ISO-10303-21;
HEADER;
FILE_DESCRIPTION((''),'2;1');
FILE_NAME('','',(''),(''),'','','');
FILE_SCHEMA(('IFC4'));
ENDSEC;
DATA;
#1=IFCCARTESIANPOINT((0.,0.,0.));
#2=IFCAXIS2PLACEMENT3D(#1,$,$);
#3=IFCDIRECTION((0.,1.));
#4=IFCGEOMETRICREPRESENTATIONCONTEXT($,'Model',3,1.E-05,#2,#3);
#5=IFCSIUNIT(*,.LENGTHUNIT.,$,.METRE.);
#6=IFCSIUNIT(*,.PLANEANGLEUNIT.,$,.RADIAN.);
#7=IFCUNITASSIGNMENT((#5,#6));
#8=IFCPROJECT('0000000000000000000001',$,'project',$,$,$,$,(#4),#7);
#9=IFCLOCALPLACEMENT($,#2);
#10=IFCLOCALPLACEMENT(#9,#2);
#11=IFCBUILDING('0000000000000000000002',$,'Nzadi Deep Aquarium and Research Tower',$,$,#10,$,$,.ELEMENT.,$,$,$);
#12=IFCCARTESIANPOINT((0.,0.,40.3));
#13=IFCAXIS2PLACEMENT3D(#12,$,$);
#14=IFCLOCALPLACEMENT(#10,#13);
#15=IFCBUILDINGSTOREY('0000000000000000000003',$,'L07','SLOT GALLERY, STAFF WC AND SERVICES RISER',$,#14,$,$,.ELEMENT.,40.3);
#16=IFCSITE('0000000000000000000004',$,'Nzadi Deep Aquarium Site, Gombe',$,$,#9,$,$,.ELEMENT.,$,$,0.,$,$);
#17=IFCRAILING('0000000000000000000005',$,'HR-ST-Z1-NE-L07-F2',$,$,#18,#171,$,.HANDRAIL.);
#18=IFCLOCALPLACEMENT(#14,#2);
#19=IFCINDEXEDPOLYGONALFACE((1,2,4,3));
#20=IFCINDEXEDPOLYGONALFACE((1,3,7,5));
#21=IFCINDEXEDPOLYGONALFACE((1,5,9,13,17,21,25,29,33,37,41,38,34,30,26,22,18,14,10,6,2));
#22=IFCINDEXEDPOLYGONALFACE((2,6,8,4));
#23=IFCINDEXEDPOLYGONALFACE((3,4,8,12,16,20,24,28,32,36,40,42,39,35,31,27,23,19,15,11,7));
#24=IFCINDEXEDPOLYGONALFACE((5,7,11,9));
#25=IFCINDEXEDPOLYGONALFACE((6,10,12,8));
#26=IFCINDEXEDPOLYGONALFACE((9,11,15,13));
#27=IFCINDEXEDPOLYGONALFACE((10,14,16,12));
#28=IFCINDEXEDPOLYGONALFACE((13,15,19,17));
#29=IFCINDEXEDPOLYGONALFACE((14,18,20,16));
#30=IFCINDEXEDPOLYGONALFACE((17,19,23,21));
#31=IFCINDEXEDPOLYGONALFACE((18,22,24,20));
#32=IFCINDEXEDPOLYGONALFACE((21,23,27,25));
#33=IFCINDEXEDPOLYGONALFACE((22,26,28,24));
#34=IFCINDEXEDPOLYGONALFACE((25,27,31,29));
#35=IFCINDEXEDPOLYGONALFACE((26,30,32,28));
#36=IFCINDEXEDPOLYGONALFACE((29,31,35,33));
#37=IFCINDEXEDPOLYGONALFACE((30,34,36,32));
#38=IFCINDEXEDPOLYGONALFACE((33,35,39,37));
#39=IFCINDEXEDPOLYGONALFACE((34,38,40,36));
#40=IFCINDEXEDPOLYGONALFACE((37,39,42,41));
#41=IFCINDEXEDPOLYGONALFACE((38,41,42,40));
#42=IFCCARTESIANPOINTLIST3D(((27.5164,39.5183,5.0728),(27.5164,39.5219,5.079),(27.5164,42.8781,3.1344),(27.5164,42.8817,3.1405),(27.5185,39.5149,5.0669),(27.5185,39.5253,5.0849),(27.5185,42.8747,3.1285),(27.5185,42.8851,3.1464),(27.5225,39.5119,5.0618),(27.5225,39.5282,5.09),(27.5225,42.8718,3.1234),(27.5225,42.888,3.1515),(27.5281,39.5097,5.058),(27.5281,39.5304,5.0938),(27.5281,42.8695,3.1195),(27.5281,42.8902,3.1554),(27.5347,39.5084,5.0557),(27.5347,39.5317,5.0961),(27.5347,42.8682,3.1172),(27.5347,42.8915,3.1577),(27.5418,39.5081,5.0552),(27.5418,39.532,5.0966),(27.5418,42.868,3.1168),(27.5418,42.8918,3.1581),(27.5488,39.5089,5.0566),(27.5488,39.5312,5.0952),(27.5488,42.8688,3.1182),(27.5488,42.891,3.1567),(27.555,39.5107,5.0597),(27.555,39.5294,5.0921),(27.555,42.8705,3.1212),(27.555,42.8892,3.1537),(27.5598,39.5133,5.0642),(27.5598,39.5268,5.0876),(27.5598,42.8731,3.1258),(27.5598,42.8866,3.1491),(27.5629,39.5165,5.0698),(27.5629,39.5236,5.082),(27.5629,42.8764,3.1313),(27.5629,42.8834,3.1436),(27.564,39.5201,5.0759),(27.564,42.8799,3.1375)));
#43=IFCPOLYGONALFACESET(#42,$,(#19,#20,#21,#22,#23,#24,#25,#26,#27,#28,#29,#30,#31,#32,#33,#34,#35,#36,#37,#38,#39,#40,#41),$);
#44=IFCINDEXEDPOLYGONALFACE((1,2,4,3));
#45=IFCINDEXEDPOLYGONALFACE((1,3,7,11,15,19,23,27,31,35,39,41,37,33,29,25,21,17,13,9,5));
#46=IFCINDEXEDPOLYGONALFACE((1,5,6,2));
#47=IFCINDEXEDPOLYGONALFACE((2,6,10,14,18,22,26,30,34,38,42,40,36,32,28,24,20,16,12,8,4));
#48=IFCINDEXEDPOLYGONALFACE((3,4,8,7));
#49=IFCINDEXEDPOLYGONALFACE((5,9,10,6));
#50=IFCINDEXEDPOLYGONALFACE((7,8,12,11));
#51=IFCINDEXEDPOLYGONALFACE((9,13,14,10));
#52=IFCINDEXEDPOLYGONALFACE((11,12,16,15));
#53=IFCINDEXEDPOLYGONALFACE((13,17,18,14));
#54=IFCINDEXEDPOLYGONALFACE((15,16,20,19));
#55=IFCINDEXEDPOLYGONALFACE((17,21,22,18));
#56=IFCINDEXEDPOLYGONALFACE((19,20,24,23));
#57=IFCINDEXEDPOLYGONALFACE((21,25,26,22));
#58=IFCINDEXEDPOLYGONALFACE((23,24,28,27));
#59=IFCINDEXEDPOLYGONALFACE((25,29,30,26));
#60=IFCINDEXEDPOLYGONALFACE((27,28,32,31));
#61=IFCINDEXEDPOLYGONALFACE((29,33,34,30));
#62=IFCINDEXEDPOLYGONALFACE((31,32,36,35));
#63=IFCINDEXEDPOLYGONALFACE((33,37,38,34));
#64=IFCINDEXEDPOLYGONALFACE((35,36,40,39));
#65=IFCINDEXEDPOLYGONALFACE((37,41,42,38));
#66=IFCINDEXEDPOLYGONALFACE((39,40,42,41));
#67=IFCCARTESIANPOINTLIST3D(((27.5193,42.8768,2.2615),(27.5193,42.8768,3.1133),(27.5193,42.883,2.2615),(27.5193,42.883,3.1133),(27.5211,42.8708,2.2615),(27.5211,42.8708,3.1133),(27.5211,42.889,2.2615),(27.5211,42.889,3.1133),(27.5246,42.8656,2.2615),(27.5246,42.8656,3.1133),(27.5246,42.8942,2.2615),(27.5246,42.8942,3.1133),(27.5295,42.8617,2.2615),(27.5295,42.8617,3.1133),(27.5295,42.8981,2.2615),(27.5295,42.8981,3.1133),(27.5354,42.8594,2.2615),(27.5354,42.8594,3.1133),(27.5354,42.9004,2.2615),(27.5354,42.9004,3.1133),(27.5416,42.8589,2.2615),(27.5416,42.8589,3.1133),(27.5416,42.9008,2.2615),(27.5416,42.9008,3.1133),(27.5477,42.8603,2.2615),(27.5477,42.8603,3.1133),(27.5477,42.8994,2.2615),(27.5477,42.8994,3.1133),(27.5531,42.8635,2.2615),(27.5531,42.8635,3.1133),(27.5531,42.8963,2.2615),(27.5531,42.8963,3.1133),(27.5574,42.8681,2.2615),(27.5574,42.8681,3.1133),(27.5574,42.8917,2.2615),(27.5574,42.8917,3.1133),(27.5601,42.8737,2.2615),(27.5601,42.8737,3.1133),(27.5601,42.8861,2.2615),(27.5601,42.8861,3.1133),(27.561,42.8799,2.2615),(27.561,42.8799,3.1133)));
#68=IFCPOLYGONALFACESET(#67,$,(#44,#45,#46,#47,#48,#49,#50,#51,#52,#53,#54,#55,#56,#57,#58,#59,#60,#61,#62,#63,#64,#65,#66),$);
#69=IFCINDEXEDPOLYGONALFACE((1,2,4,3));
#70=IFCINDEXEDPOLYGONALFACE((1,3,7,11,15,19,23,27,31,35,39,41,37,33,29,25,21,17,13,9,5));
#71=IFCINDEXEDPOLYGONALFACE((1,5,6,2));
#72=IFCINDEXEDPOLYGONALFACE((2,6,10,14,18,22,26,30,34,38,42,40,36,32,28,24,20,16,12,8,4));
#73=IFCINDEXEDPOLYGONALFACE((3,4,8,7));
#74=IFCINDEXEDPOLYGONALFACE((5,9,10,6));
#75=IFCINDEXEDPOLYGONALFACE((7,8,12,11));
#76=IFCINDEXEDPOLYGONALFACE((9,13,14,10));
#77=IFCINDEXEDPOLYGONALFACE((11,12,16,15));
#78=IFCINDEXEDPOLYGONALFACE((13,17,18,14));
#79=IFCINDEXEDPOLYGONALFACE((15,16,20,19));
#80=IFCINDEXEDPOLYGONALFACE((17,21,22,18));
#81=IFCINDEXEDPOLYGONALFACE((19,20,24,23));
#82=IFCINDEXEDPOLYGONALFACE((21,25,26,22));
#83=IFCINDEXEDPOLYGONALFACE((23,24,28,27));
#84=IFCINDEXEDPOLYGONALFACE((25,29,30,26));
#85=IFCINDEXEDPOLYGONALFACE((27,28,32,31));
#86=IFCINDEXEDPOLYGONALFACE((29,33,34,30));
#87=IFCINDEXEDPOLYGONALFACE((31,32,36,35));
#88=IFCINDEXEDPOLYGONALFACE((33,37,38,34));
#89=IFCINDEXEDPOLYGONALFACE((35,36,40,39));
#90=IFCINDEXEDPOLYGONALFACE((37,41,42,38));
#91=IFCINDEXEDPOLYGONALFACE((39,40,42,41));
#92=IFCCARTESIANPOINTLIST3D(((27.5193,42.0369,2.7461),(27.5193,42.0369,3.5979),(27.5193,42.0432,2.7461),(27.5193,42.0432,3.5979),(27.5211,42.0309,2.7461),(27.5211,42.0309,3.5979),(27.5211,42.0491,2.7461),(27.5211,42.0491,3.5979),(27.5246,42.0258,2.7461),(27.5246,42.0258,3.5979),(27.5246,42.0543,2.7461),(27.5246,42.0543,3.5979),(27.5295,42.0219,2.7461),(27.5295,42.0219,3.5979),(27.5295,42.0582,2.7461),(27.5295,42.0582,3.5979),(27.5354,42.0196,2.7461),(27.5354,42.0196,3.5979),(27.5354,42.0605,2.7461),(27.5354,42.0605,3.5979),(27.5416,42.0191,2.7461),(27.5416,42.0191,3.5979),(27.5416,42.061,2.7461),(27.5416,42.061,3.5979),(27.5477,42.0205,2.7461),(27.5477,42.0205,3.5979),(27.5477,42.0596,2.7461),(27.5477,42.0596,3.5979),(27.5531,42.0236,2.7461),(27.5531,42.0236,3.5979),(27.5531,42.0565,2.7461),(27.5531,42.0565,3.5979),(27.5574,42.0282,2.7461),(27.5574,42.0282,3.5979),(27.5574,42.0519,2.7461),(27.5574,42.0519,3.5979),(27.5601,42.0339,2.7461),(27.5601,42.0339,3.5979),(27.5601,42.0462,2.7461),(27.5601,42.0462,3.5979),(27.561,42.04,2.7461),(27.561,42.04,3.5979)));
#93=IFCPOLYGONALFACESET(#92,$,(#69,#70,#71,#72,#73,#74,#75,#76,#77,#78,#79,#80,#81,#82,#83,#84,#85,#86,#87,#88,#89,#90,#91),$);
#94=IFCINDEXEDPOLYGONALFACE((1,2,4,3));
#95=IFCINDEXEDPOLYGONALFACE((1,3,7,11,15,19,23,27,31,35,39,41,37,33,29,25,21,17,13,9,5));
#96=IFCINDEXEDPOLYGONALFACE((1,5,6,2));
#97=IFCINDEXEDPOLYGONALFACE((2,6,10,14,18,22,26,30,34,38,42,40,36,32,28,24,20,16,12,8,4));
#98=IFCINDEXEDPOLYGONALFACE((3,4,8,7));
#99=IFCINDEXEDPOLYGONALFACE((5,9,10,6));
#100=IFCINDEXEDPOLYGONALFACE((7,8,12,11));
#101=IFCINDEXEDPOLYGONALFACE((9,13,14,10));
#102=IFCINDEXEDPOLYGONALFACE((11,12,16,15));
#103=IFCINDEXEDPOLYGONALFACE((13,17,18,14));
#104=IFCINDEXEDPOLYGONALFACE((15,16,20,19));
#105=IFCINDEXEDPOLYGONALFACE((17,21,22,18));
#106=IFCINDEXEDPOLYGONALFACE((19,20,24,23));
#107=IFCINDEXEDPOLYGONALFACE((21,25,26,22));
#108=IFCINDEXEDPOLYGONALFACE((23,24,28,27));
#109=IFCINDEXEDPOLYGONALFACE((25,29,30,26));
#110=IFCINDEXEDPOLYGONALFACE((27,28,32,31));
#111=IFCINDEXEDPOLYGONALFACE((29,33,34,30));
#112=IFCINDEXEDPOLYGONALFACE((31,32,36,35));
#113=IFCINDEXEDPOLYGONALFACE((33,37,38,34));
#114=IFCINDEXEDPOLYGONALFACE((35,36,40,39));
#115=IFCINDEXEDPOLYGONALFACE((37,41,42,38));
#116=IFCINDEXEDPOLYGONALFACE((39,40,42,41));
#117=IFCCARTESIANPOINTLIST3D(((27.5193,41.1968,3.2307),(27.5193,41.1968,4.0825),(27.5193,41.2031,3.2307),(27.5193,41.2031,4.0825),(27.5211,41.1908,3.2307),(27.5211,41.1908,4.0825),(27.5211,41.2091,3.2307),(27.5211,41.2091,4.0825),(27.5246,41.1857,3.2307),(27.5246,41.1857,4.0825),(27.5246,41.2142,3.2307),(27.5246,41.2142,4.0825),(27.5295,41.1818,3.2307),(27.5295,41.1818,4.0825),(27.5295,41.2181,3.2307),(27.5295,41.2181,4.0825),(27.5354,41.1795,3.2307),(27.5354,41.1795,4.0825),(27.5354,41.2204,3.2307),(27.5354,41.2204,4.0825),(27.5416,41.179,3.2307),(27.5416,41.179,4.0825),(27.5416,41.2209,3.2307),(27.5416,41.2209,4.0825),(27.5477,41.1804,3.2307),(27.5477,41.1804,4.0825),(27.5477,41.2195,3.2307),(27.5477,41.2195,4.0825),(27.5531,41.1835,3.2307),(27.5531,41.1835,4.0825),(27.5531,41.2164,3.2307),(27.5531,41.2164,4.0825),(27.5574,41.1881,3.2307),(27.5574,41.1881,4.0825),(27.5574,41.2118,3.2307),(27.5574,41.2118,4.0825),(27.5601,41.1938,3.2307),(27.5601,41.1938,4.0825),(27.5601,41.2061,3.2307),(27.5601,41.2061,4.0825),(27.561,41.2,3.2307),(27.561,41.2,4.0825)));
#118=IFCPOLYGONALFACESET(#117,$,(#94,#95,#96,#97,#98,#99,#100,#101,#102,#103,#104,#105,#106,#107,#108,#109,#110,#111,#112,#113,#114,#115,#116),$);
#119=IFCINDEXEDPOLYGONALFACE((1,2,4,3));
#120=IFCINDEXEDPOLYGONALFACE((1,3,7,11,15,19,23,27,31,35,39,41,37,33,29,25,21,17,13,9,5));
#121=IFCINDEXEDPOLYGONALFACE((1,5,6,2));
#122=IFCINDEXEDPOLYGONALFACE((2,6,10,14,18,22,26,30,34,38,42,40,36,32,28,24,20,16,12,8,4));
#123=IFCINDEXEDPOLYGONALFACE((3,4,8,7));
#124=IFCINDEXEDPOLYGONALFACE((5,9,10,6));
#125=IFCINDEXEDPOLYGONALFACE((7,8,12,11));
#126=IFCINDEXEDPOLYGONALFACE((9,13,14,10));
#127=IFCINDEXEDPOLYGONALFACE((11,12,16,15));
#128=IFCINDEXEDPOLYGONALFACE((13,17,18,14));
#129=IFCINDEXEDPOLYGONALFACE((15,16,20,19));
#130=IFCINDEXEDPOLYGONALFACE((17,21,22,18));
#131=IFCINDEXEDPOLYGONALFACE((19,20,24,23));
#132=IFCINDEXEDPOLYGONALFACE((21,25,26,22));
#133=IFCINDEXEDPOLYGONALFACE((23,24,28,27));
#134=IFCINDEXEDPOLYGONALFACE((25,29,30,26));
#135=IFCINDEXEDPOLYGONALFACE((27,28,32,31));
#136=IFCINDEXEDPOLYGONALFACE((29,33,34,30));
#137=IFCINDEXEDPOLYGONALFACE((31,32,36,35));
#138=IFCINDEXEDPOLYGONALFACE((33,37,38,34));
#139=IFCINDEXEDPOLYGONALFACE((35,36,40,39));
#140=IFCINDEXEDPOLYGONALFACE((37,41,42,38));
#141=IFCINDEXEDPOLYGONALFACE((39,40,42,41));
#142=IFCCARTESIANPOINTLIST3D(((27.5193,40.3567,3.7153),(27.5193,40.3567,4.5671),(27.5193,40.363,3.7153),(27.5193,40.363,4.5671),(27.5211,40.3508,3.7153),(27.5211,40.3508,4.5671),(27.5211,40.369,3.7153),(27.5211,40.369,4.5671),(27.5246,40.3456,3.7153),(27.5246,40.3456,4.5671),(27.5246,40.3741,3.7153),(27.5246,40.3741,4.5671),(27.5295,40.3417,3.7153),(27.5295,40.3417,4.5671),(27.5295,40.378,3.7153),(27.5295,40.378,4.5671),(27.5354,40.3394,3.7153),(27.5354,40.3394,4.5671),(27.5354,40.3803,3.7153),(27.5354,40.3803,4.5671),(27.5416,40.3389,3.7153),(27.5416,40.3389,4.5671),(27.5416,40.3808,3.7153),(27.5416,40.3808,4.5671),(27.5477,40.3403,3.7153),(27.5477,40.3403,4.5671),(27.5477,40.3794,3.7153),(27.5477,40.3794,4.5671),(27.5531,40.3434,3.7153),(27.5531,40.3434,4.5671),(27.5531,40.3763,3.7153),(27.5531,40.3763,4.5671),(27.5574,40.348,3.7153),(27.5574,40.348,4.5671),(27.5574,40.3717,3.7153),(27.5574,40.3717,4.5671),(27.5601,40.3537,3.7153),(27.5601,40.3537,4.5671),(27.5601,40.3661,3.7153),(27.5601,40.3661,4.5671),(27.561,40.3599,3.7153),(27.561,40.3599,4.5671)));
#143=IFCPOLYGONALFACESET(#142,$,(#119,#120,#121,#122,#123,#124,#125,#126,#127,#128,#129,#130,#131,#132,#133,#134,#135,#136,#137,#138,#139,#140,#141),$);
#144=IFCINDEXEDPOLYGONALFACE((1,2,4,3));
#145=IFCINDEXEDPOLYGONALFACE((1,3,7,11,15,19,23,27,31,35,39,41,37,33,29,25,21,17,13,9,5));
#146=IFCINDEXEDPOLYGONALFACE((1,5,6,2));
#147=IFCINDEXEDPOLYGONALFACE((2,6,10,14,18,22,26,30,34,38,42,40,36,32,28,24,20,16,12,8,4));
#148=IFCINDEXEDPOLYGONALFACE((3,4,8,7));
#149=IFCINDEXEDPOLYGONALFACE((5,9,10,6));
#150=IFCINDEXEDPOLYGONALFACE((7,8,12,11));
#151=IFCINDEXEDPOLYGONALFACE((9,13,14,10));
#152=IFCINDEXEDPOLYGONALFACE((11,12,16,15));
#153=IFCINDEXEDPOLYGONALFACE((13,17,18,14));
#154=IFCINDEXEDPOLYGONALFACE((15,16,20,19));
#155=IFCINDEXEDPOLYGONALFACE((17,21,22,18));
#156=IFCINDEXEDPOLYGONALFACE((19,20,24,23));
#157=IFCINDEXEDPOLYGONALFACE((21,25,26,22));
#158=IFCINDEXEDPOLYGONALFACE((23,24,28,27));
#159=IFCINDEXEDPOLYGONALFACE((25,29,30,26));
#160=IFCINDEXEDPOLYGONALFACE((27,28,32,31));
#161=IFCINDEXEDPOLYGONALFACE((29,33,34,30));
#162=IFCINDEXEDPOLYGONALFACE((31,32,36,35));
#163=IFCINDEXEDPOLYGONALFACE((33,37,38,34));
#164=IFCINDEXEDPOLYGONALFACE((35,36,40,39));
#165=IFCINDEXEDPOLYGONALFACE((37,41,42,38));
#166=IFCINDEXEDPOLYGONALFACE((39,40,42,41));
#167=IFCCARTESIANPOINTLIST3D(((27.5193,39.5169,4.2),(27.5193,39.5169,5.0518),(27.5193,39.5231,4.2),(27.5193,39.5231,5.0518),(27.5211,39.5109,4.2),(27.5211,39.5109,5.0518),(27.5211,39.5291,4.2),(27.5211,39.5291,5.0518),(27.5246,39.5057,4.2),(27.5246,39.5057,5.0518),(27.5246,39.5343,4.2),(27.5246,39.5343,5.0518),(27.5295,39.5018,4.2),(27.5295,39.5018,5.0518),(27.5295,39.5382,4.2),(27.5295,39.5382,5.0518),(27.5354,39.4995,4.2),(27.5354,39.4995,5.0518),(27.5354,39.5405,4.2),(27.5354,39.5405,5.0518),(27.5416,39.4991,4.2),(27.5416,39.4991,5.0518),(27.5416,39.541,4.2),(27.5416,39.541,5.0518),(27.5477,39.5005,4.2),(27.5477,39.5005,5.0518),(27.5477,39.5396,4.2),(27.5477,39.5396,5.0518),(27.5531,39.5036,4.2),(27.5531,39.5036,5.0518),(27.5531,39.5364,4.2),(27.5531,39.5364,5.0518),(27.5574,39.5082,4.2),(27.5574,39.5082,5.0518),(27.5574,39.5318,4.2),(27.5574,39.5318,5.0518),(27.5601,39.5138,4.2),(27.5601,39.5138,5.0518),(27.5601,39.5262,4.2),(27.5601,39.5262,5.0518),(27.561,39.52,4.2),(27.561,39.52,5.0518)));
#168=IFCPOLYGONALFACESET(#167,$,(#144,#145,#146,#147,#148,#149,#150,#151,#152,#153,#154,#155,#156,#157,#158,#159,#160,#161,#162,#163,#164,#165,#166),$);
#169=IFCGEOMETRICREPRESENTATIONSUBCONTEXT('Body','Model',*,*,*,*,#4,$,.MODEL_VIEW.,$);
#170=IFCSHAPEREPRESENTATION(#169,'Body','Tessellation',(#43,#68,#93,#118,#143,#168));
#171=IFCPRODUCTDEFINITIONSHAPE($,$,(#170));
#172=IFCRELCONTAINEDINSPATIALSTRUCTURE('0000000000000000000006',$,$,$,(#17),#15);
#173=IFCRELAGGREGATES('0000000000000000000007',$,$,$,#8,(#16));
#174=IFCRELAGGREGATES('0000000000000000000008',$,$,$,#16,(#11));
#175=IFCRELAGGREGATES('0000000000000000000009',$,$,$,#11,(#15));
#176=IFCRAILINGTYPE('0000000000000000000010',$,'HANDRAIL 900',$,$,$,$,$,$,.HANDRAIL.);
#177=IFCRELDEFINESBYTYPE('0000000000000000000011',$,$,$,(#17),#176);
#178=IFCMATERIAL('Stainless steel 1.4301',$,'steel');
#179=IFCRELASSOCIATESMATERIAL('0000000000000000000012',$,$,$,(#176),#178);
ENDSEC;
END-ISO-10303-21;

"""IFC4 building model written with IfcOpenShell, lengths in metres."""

from ifc_helpers import new_model, si_unit, direction, frame, origin, origin_2d, place, context, subcontext, project, spatial, circle, extrude, material, type_object, element, save


model = new_model("IFC4")

# Units and contexts
model_context = context("Model", 3, precision=1e-05, world=origin(), true_north=direction((0.0, 1.0)))
body_context = subcontext(model_context, "Body", "Model", "MODEL_VIEW")
ifc_project = project(units=[si_unit("LENGTHUNIT", "METRE"), si_unit("PLANEANGLEUNIT", "RADIAN")], contexts=[model_context])

# Site, building, storey
site_placement = place(None, origin())
site = spatial("IfcSite", under=ifc_project, at=site_placement, Name="Nzadi Deep Aquarium Site, Gombe", CompositionType="ELEMENT", RefElevation=0.0)
building_placement = place(site_placement, origin())
building = spatial("IfcBuilding", under=site, at=building_placement, Name="Nzadi Deep Aquarium and Research Tower", CompositionType="ELEMENT")
storey_placement = place(building_placement, frame((0.0, 0.0, 40.3)))
storey = spatial("IfcBuildingStorey", under=building, at=storey_placement, Name="L07", Description="SLOT GALLERY, STAFF WC AND SERVICES RISER", CompositionType="ELEMENT", Elevation=40.3)

# Railing
ifc_material_1 = material(Name="Stainless steel 1.4301", Category="steel")
railing_type = type_object("IfcRailingType", Name="HANDRAIL 900", PredefinedType="HANDRAIL", material=ifc_material_1)
for number, where, name in (
    (1, (27.54, 42.8799, 2.2615), "HR-ST-Z1-NE-L07-F2"),
):
    element("IfcRailing", number, at=place(storey_placement, frame(where)), inside=storey, type_object=railing_type, Name=name, PredefinedType="HANDRAIL", context=body_context, shape_type="SweptSolid", body=[
        extrude(circle(Radius=0.0239, at=origin_2d()), frame((0.0, 0.0, 0.876), z_axis=(0.0, -0.866175, 0.499741), x_axis=(1.0, 0.0, 0.0)), (0.0, 0.0, 1.0), 3.8789),
        extrude(circle(Radius=0.021, at=origin_2d()), origin(), (0.0, 0.0, 1.0), 0.8518),
        extrude(circle(Radius=0.021, at=origin_2d()), frame((0.0, -0.8398, 0.4846)), (0.0, 0.0, 1.0), 0.8518),
        extrude(circle(Radius=0.021, at=origin_2d()), frame((0.0, -1.6799, 0.9692)), (0.0, 0.0, 1.0), 0.8518),
        extrude(circle(Radius=0.021, at=origin_2d()), frame((0.0, -2.52, 1.4539)), (0.0, 0.0, 1.0), 0.8518),
        extrude(circle(Radius=0.021, at=origin_2d()), frame((0.0, -3.3599, 1.9385)), (0.0, 0.0, 1.0), 0.8518),
    ])

save(model, "model.ifc")
